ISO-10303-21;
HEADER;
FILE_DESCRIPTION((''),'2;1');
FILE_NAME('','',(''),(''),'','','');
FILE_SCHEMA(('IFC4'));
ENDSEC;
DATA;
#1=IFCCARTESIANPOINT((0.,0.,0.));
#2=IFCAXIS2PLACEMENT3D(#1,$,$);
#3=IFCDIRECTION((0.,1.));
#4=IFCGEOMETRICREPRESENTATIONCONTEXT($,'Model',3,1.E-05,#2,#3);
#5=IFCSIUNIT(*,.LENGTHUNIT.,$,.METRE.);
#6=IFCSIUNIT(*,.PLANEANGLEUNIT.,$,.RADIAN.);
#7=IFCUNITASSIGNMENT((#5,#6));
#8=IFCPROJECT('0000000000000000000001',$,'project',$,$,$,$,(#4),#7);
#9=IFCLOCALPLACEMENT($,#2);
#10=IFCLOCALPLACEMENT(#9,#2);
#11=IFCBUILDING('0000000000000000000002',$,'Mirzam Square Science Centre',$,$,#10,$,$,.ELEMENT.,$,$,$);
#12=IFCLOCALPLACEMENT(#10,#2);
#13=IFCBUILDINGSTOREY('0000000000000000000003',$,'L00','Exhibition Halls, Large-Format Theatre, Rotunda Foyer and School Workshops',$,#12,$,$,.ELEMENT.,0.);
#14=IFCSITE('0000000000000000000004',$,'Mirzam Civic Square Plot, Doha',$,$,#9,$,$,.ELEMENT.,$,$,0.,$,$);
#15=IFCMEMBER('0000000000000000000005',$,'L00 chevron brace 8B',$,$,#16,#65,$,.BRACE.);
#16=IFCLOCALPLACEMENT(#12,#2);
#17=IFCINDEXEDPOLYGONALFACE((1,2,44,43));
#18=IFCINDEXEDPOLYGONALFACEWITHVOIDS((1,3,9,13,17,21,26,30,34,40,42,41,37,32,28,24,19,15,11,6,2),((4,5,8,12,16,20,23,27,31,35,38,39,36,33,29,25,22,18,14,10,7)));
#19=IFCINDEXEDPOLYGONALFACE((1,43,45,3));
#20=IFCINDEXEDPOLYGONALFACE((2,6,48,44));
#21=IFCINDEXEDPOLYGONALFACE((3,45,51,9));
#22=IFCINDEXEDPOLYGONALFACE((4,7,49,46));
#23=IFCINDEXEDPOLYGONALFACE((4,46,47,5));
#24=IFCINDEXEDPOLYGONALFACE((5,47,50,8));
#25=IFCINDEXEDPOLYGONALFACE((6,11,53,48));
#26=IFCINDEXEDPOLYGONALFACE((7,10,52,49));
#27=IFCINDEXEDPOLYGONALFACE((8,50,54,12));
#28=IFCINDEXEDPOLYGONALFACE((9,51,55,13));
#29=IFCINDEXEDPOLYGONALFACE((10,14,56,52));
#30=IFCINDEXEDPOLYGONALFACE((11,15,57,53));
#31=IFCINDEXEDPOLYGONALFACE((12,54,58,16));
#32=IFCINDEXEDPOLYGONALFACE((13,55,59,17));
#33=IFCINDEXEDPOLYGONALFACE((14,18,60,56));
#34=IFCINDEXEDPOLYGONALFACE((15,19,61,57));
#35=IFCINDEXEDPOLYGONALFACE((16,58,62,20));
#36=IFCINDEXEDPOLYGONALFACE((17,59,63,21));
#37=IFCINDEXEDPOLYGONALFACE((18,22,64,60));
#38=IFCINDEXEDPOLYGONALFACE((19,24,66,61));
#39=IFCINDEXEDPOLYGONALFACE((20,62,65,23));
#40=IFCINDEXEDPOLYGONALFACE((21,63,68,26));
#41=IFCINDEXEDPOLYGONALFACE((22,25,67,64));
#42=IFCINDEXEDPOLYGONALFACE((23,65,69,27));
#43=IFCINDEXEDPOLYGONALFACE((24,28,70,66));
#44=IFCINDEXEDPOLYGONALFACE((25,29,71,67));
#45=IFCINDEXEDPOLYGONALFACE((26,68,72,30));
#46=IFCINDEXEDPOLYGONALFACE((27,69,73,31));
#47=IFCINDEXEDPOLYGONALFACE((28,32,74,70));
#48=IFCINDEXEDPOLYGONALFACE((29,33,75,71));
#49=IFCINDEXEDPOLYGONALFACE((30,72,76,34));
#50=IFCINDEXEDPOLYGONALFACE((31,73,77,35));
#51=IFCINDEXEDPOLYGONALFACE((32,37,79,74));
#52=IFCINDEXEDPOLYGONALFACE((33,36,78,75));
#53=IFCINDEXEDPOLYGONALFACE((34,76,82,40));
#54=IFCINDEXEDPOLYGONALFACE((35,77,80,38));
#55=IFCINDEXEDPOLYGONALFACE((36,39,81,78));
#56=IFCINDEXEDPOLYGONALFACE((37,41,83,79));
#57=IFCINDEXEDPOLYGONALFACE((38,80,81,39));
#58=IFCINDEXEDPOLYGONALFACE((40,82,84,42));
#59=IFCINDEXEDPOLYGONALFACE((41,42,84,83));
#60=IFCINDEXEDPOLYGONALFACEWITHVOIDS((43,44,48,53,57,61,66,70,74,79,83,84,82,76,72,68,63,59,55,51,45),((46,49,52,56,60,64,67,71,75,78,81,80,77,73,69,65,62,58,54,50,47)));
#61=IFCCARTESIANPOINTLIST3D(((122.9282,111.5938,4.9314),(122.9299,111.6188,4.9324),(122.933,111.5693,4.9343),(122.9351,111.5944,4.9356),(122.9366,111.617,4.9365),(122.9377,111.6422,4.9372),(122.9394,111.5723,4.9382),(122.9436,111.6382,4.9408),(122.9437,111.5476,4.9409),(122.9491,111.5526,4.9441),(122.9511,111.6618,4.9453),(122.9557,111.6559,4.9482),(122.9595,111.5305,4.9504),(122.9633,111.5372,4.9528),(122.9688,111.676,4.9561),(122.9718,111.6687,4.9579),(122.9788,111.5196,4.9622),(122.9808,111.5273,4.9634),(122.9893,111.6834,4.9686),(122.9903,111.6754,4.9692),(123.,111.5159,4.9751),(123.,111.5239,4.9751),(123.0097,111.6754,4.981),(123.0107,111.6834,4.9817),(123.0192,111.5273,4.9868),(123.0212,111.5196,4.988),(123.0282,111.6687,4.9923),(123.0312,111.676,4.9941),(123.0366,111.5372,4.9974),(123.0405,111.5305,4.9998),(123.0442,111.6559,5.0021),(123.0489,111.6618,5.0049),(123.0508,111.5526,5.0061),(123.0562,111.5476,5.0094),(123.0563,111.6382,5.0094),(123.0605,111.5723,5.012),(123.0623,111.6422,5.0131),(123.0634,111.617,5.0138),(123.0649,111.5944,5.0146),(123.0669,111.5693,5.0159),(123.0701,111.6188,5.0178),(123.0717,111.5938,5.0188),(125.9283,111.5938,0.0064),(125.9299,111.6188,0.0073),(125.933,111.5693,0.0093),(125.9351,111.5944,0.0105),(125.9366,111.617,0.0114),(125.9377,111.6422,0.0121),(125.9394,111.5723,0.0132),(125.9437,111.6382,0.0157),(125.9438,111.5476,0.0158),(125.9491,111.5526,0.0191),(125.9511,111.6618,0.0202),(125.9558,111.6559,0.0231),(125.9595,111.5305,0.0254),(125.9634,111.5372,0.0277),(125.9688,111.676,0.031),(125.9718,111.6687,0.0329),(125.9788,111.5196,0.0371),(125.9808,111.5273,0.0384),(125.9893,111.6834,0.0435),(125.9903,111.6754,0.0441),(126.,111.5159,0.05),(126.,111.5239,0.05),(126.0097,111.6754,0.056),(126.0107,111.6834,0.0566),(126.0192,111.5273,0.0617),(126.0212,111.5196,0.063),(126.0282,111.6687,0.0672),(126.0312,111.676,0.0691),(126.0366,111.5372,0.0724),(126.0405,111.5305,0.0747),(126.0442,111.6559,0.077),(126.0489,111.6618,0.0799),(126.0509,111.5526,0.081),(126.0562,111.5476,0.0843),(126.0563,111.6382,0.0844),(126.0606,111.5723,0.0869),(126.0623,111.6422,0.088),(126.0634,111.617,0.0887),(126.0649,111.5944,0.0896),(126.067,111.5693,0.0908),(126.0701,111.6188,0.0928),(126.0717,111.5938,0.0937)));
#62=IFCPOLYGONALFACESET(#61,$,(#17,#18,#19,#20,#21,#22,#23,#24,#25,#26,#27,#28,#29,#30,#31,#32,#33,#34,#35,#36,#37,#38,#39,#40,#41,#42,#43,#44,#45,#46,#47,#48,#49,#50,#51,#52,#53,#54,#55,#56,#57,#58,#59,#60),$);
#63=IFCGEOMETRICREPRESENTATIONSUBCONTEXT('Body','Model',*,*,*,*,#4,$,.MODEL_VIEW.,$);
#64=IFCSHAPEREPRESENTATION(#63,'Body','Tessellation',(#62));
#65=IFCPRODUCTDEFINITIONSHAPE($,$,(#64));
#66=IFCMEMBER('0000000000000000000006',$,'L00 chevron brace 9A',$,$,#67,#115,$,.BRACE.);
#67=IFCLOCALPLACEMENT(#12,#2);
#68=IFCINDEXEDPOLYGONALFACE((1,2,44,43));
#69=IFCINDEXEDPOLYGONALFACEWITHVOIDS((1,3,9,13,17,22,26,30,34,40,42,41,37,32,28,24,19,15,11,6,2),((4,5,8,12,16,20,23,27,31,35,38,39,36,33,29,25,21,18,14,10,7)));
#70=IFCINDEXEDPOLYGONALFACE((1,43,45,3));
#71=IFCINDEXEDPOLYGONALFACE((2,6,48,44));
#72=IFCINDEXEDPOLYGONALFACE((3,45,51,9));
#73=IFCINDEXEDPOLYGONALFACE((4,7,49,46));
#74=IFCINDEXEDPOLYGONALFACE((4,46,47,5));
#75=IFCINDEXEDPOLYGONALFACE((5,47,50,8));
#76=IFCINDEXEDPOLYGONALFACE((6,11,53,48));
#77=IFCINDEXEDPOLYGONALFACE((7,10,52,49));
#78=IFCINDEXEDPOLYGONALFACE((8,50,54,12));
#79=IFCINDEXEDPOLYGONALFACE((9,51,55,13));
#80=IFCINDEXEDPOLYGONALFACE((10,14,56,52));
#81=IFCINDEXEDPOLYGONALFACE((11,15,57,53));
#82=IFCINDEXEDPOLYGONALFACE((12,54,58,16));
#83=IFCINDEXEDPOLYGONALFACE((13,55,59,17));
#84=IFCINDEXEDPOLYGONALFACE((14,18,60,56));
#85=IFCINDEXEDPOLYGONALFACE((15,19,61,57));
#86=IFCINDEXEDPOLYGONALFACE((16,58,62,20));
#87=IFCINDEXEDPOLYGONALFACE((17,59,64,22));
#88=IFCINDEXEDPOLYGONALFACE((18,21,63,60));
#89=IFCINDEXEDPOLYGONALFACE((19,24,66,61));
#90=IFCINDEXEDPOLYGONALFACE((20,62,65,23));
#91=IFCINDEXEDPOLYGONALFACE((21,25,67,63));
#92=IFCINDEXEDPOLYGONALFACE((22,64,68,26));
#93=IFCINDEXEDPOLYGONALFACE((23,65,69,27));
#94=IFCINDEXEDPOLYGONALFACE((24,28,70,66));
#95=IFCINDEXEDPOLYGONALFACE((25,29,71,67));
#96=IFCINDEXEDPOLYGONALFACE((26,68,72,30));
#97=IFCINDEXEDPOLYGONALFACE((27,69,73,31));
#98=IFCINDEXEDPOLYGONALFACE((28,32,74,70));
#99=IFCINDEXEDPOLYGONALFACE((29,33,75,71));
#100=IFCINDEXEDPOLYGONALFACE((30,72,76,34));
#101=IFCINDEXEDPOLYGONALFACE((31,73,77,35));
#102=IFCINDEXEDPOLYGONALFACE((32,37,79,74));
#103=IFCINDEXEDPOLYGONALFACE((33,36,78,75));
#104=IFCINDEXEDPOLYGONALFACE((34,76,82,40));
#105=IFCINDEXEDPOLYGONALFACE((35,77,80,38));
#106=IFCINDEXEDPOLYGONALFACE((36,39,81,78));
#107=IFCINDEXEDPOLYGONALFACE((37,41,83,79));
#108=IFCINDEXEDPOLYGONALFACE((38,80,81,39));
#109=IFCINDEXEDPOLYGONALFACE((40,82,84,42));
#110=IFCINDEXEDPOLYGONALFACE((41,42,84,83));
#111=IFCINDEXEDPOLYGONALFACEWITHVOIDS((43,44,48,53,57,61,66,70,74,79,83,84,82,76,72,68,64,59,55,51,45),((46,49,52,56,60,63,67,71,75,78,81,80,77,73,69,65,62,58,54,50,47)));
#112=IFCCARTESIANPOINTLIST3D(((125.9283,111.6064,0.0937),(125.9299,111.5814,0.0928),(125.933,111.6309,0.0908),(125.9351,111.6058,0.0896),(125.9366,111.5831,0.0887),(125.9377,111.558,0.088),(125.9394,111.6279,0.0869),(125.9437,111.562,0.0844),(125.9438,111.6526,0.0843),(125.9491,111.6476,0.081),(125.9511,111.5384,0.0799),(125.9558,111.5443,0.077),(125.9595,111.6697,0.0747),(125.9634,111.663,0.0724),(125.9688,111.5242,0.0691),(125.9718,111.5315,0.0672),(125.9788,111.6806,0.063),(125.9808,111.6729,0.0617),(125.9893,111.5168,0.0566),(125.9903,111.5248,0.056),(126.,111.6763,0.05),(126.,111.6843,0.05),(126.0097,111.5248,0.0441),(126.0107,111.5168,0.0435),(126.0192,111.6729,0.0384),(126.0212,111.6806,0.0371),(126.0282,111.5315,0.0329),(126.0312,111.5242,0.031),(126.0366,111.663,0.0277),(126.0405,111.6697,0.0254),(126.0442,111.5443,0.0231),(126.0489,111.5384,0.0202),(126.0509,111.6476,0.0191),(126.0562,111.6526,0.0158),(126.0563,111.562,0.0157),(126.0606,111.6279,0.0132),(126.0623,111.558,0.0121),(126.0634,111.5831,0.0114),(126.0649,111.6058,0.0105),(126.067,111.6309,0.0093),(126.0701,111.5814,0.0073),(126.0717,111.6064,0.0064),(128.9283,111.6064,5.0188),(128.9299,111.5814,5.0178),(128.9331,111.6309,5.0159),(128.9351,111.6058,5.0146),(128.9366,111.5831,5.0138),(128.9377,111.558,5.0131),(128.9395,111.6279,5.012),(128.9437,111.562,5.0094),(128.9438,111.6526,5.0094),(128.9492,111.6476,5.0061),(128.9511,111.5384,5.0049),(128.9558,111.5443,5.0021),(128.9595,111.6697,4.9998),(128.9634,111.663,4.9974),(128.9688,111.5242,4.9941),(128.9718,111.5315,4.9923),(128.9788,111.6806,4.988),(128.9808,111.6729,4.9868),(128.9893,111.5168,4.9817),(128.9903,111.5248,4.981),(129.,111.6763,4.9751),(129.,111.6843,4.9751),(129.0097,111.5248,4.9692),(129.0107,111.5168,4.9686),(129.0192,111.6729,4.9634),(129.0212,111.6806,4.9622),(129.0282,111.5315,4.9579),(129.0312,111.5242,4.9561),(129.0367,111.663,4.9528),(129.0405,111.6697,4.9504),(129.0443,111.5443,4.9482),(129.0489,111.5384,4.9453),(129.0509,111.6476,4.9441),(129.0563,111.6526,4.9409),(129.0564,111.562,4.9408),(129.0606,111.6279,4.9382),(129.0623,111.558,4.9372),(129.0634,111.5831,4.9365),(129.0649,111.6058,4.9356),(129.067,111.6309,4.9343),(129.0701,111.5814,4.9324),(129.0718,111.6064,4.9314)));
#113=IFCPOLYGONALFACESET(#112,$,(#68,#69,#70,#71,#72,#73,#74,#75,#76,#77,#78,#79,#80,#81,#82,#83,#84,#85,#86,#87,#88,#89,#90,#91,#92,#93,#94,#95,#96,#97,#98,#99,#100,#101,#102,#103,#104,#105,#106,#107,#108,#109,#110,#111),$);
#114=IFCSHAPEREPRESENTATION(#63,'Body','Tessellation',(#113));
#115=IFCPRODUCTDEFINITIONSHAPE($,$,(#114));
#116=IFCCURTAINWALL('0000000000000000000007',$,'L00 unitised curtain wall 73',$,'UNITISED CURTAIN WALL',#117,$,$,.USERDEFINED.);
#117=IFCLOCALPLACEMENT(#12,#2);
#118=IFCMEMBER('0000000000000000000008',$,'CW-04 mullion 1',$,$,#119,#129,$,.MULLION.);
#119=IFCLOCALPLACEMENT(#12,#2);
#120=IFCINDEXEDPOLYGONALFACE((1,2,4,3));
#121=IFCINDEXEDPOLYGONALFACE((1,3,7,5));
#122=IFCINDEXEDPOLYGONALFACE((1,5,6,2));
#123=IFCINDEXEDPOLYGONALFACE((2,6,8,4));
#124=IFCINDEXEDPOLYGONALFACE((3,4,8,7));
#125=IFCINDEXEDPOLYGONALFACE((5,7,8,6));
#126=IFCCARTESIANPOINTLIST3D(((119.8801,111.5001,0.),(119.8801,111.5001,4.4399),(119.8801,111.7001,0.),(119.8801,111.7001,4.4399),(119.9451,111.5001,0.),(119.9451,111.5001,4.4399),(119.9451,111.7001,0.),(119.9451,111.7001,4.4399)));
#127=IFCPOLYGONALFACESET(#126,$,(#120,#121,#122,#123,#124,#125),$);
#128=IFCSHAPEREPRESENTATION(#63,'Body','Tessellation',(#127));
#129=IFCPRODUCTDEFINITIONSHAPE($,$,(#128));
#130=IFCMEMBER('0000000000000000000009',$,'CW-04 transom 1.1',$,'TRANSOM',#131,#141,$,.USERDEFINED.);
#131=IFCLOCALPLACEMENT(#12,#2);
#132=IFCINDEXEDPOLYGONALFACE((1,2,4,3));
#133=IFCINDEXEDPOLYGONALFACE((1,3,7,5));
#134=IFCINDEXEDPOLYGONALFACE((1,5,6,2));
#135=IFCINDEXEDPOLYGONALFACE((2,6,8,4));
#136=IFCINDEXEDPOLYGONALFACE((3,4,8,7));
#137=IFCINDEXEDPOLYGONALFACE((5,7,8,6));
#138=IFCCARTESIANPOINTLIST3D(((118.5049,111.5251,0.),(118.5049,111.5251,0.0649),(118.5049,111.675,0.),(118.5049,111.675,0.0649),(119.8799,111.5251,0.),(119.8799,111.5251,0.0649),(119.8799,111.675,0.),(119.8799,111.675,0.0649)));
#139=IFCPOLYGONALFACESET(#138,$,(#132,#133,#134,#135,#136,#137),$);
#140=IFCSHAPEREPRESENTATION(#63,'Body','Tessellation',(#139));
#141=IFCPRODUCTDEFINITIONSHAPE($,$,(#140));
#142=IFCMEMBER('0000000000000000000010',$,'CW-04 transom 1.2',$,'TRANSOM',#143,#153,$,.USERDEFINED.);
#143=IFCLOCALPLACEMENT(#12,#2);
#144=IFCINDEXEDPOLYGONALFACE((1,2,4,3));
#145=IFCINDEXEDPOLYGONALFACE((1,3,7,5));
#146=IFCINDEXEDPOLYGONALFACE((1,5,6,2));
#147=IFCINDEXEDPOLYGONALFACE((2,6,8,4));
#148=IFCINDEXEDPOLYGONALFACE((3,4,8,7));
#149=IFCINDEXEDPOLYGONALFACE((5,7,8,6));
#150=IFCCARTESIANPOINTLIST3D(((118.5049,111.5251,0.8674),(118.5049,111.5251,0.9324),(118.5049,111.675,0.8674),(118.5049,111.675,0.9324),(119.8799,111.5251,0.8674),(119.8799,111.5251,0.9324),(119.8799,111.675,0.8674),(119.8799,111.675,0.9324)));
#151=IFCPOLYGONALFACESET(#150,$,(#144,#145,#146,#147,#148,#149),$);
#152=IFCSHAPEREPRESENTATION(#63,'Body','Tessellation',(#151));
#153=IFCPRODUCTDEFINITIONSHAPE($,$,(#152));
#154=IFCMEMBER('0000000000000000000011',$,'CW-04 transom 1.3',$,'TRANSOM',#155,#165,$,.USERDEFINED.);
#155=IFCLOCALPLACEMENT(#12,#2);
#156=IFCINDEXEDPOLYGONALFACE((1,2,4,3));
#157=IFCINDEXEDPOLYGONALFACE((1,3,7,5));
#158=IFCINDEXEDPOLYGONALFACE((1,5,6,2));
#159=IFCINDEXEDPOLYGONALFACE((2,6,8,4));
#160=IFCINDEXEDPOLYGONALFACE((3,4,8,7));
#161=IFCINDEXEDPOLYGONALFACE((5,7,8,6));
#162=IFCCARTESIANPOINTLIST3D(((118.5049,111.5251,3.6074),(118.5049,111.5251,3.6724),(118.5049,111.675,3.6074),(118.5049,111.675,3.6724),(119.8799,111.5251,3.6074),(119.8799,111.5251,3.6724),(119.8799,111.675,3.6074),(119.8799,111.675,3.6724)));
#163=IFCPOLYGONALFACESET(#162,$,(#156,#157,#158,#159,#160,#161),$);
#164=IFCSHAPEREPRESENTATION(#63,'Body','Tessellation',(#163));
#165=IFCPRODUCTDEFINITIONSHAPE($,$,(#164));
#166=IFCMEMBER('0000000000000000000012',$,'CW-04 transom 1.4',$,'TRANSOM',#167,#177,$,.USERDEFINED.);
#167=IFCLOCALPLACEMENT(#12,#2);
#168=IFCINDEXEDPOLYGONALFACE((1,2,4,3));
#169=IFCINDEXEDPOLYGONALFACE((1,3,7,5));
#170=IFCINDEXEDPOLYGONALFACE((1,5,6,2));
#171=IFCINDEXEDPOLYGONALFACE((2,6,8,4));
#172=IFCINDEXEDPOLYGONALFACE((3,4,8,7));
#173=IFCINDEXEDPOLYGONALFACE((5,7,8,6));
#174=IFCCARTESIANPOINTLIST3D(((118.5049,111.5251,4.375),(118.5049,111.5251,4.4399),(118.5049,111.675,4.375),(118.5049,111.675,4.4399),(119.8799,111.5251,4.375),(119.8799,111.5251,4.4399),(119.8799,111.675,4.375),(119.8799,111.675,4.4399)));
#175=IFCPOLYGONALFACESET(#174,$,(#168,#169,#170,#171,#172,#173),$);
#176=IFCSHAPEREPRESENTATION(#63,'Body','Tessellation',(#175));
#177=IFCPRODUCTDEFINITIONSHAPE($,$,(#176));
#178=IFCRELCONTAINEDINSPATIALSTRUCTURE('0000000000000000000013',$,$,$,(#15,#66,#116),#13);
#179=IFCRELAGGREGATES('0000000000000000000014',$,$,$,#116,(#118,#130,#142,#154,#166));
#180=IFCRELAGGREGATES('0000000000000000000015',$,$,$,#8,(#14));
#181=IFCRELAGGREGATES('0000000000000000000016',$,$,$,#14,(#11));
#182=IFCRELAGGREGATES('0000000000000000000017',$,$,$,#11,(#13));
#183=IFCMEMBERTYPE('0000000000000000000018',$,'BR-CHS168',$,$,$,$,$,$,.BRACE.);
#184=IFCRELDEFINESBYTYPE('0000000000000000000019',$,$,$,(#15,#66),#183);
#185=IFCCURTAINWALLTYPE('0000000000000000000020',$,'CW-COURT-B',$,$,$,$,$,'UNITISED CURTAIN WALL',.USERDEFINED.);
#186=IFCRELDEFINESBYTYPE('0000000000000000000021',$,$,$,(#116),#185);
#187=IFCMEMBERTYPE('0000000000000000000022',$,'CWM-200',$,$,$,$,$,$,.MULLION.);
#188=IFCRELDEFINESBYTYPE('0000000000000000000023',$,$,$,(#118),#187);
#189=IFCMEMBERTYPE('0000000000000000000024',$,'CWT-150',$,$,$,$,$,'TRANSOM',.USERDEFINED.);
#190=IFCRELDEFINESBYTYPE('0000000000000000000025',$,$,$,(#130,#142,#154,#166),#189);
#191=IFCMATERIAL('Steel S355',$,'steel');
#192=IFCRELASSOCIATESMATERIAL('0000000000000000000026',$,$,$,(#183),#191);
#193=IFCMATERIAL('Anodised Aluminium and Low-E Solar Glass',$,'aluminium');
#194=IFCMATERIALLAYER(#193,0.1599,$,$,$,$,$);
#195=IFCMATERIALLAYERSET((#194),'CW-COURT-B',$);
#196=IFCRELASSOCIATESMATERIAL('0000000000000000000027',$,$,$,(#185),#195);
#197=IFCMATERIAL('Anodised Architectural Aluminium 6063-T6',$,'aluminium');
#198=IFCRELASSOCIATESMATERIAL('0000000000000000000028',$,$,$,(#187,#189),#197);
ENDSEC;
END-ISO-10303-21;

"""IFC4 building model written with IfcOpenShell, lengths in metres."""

from ifc_helpers import new_model, si_unit, direction, frame, origin, origin_2d, place, context, subcontext, project, spatial, rectangle, hollow_circle, extrude, material, layer, layer_set, material_profile, profile_set, type_object, element, aggregate, save


model = new_model("IFC4")

# Units and contexts
model_context = context("Model", 3, precision=1e-05, world=origin(), true_north=direction((0.0, 1.0)))
body_context = subcontext(model_context, "Body", "Model", "MODEL_VIEW")
ifc_project = project(units=[si_unit("LENGTHUNIT", "METRE"), si_unit("PLANEANGLEUNIT", "RADIAN")], contexts=[model_context])

# Site, building, storey
site_placement = place(None, origin())
site = spatial("IfcSite", under=ifc_project, at=site_placement, Name="Mirzam Civic Square Plot, Doha", CompositionType="ELEMENT", RefElevation=0.0)
building_placement = place(site_placement, origin())
building = spatial("IfcBuilding", under=site, at=building_placement, Name="Mirzam Square Science Centre", CompositionType="ELEMENT")
storey_placement = place(building_placement, origin())
storey = spatial("IfcBuildingStorey", under=building, at=storey_placement, Name="L00", Description="Exhibition Halls, Large-Format Theatre, Rotunda Foyer and School Workshops", CompositionType="ELEMENT", Elevation=0.0)

# Shared definitions
ifc_material_1 = material(Name="Steel S355", Category="steel")

# Members
ifc_material_profile_1 = material_profile(ifc_material_1, hollow_circle(Radius=0.0842, WallThickness=0.0081, at=origin_2d()), Name="168.3x8.0CHS")
ifc_profile_set_1 = profile_set([ifc_material_profile_1], Name="Steel S355")
member_type_1 = type_object("IfcMemberType", Name="BR-CHS168", PredefinedType="BRACE", material=ifc_profile_set_1)
for number, where, z_axis, x_axis, name in (
    (1, (126.0, 111.6001, 0.05), (-0.520218, 0.0, 0.854033), (0.0, -1.0, 0.0), "L00 chevron brace 8B"),
    (2, (126.0, 111.6001, 0.05), (0.520218, 0.0, 0.854033), (0.0, 1.0, 0.0), "L00 chevron brace 9A"),
):
    element("IfcMember", number, at=place(storey_placement, frame(where, z_axis=z_axis, x_axis=x_axis)), inside=storey, type_object=member_type_1, Name=name, PredefinedType="BRACE", context=body_context, shape_type="SweptSolid", body=[
        extrude(hollow_circle(Radius=0.0842, WallThickness=0.0081, at=origin_2d()), origin(), (0.0, 0.0, 1.0), 5.7668),
    ])

# Curtain wall, members
ifc_material_2 = material(Name="Anodised Aluminium and Low-E Solar Glass", Category="aluminium")
ifc_layer_1 = layer(ifc_material_2, 0.1599)
ifc_layer_set_1 = layer_set([ifc_layer_1], Name="CW-COURT-B")
curtain_wall_type = type_object("IfcCurtainWallType", Name="CW-COURT-B", ElementType="UNITISED CURTAIN WALL", PredefinedType="USERDEFINED", material=ifc_layer_set_1)
curtain_wall_placement = place(storey_placement, origin())
curtain_wall = element("IfcCurtainWall", 3, at=curtain_wall_placement, inside=storey, type_object=curtain_wall_type, Name="L00 unitised curtain wall 73", ObjectType="UNITISED CURTAIN WALL", PredefinedType="USERDEFINED")
ifc_material_3 = material(Name="Anodised Architectural Aluminium 6063-T6", Category="aluminium")
ifc_material_profile_2 = material_profile(ifc_material_3, rectangle(XDim=0.0649, YDim=0.2, at=origin_2d()), Name="ALU-MULL-200x65x5")
ifc_profile_set_2 = profile_set([ifc_material_profile_2], Name="Anodised Architectural Aluminium 6063-T6")
member_type_2 = type_object("IfcMemberType", Name="CWM-200", PredefinedType="MULLION", material=ifc_profile_set_2)
member_1_placement = place(storey_placement, frame((119.9126, 111.6001, 0.0), z_axis=(0.0, 0.0, 1.0), x_axis=(-1.0, 0.0, 0.0)))
member_1 = element("IfcMember", 4, at=member_1_placement, type_object=member_type_2, Name="CW-04 mullion 1", PredefinedType="MULLION", context=body_context, shape_type="SweptSolid", body=[
    extrude(rectangle(XDim=0.0649, YDim=0.2, at=origin_2d()), origin(), (0.0, 0.0, 1.0), 4.4399),
])
ifc_material_profile_3 = material_profile(ifc_material_3, rectangle(XDim=0.1499, YDim=0.0649, at=origin_2d()), Name="ALU-TRAN-150x65x4")
ifc_profile_set_3 = profile_set([ifc_material_profile_3], Name="Anodised Architectural Aluminium 6063-T6")
member_type_3 = type_object("IfcMemberType", Name="CWT-150", ElementType="TRANSOM", PredefinedType="USERDEFINED", material=ifc_profile_set_3)
member_2_placement = place(storey_placement, frame((119.8799, 111.6001, 0.0325), z_axis=(-1.0, 0.0, 0.0), x_axis=(0.0, -1.0, 0.0)))
member_2 = element("IfcMember", 5, at=member_2_placement, type_object=member_type_3, Name="CW-04 transom 1.1", ObjectType="TRANSOM", PredefinedType="USERDEFINED", context=body_context, shape_type="SweptSolid", body=[
    extrude(rectangle(XDim=0.1499, YDim=0.0649, at=origin_2d()), origin(), (0.0, 0.0, 1.0), 1.375),
])
member_3_placement = place(storey_placement, frame((119.8799, 111.6001, 0.8999), z_axis=(-1.0, 0.0, 0.0), x_axis=(0.0, -1.0, 0.0)))
member_3 = element("IfcMember", 6, at=member_3_placement, type_object=member_type_3, Name="CW-04 transom 1.2", ObjectType="TRANSOM", PredefinedType="USERDEFINED", context=body_context, shape_type="SweptSolid", body=[
    extrude(rectangle(XDim=0.1499, YDim=0.0649, at=origin_2d()), origin(), (0.0, 0.0, 1.0), 1.375),
])
member_4_placement = place(storey_placement, frame((119.8799, 111.6001, 3.6399), z_axis=(-1.0, 0.0, 0.0), x_axis=(0.0, -1.0, 0.0)))
member_4 = element("IfcMember", 7, at=member_4_placement, type_object=member_type_3, Name="CW-04 transom 1.3", ObjectType="TRANSOM", PredefinedType="USERDEFINED", context=body_context, shape_type="SweptSolid", body=[
    extrude(rectangle(XDim=0.1499, YDim=0.0649, at=origin_2d()), origin(), (0.0, 0.0, 1.0), 1.375),
])
member_5_placement = place(storey_placement, frame((119.8799, 111.6001, 4.4075), z_axis=(-1.0, 0.0, 0.0), x_axis=(0.0, -1.0, 0.0)))
member_5 = element("IfcMember", 8, at=member_5_placement, type_object=member_type_3, Name="CW-04 transom 1.4", ObjectType="TRANSOM", PredefinedType="USERDEFINED", context=body_context, shape_type="SweptSolid", body=[
    extrude(rectangle(XDim=0.1499, YDim=0.0649, at=origin_2d()), origin(), (0.0, 0.0, 1.0), 1.375),
])

aggregate(curtain_wall, [member_1, member_2, member_3, member_4, member_5])

save(model, "model.ifc")
